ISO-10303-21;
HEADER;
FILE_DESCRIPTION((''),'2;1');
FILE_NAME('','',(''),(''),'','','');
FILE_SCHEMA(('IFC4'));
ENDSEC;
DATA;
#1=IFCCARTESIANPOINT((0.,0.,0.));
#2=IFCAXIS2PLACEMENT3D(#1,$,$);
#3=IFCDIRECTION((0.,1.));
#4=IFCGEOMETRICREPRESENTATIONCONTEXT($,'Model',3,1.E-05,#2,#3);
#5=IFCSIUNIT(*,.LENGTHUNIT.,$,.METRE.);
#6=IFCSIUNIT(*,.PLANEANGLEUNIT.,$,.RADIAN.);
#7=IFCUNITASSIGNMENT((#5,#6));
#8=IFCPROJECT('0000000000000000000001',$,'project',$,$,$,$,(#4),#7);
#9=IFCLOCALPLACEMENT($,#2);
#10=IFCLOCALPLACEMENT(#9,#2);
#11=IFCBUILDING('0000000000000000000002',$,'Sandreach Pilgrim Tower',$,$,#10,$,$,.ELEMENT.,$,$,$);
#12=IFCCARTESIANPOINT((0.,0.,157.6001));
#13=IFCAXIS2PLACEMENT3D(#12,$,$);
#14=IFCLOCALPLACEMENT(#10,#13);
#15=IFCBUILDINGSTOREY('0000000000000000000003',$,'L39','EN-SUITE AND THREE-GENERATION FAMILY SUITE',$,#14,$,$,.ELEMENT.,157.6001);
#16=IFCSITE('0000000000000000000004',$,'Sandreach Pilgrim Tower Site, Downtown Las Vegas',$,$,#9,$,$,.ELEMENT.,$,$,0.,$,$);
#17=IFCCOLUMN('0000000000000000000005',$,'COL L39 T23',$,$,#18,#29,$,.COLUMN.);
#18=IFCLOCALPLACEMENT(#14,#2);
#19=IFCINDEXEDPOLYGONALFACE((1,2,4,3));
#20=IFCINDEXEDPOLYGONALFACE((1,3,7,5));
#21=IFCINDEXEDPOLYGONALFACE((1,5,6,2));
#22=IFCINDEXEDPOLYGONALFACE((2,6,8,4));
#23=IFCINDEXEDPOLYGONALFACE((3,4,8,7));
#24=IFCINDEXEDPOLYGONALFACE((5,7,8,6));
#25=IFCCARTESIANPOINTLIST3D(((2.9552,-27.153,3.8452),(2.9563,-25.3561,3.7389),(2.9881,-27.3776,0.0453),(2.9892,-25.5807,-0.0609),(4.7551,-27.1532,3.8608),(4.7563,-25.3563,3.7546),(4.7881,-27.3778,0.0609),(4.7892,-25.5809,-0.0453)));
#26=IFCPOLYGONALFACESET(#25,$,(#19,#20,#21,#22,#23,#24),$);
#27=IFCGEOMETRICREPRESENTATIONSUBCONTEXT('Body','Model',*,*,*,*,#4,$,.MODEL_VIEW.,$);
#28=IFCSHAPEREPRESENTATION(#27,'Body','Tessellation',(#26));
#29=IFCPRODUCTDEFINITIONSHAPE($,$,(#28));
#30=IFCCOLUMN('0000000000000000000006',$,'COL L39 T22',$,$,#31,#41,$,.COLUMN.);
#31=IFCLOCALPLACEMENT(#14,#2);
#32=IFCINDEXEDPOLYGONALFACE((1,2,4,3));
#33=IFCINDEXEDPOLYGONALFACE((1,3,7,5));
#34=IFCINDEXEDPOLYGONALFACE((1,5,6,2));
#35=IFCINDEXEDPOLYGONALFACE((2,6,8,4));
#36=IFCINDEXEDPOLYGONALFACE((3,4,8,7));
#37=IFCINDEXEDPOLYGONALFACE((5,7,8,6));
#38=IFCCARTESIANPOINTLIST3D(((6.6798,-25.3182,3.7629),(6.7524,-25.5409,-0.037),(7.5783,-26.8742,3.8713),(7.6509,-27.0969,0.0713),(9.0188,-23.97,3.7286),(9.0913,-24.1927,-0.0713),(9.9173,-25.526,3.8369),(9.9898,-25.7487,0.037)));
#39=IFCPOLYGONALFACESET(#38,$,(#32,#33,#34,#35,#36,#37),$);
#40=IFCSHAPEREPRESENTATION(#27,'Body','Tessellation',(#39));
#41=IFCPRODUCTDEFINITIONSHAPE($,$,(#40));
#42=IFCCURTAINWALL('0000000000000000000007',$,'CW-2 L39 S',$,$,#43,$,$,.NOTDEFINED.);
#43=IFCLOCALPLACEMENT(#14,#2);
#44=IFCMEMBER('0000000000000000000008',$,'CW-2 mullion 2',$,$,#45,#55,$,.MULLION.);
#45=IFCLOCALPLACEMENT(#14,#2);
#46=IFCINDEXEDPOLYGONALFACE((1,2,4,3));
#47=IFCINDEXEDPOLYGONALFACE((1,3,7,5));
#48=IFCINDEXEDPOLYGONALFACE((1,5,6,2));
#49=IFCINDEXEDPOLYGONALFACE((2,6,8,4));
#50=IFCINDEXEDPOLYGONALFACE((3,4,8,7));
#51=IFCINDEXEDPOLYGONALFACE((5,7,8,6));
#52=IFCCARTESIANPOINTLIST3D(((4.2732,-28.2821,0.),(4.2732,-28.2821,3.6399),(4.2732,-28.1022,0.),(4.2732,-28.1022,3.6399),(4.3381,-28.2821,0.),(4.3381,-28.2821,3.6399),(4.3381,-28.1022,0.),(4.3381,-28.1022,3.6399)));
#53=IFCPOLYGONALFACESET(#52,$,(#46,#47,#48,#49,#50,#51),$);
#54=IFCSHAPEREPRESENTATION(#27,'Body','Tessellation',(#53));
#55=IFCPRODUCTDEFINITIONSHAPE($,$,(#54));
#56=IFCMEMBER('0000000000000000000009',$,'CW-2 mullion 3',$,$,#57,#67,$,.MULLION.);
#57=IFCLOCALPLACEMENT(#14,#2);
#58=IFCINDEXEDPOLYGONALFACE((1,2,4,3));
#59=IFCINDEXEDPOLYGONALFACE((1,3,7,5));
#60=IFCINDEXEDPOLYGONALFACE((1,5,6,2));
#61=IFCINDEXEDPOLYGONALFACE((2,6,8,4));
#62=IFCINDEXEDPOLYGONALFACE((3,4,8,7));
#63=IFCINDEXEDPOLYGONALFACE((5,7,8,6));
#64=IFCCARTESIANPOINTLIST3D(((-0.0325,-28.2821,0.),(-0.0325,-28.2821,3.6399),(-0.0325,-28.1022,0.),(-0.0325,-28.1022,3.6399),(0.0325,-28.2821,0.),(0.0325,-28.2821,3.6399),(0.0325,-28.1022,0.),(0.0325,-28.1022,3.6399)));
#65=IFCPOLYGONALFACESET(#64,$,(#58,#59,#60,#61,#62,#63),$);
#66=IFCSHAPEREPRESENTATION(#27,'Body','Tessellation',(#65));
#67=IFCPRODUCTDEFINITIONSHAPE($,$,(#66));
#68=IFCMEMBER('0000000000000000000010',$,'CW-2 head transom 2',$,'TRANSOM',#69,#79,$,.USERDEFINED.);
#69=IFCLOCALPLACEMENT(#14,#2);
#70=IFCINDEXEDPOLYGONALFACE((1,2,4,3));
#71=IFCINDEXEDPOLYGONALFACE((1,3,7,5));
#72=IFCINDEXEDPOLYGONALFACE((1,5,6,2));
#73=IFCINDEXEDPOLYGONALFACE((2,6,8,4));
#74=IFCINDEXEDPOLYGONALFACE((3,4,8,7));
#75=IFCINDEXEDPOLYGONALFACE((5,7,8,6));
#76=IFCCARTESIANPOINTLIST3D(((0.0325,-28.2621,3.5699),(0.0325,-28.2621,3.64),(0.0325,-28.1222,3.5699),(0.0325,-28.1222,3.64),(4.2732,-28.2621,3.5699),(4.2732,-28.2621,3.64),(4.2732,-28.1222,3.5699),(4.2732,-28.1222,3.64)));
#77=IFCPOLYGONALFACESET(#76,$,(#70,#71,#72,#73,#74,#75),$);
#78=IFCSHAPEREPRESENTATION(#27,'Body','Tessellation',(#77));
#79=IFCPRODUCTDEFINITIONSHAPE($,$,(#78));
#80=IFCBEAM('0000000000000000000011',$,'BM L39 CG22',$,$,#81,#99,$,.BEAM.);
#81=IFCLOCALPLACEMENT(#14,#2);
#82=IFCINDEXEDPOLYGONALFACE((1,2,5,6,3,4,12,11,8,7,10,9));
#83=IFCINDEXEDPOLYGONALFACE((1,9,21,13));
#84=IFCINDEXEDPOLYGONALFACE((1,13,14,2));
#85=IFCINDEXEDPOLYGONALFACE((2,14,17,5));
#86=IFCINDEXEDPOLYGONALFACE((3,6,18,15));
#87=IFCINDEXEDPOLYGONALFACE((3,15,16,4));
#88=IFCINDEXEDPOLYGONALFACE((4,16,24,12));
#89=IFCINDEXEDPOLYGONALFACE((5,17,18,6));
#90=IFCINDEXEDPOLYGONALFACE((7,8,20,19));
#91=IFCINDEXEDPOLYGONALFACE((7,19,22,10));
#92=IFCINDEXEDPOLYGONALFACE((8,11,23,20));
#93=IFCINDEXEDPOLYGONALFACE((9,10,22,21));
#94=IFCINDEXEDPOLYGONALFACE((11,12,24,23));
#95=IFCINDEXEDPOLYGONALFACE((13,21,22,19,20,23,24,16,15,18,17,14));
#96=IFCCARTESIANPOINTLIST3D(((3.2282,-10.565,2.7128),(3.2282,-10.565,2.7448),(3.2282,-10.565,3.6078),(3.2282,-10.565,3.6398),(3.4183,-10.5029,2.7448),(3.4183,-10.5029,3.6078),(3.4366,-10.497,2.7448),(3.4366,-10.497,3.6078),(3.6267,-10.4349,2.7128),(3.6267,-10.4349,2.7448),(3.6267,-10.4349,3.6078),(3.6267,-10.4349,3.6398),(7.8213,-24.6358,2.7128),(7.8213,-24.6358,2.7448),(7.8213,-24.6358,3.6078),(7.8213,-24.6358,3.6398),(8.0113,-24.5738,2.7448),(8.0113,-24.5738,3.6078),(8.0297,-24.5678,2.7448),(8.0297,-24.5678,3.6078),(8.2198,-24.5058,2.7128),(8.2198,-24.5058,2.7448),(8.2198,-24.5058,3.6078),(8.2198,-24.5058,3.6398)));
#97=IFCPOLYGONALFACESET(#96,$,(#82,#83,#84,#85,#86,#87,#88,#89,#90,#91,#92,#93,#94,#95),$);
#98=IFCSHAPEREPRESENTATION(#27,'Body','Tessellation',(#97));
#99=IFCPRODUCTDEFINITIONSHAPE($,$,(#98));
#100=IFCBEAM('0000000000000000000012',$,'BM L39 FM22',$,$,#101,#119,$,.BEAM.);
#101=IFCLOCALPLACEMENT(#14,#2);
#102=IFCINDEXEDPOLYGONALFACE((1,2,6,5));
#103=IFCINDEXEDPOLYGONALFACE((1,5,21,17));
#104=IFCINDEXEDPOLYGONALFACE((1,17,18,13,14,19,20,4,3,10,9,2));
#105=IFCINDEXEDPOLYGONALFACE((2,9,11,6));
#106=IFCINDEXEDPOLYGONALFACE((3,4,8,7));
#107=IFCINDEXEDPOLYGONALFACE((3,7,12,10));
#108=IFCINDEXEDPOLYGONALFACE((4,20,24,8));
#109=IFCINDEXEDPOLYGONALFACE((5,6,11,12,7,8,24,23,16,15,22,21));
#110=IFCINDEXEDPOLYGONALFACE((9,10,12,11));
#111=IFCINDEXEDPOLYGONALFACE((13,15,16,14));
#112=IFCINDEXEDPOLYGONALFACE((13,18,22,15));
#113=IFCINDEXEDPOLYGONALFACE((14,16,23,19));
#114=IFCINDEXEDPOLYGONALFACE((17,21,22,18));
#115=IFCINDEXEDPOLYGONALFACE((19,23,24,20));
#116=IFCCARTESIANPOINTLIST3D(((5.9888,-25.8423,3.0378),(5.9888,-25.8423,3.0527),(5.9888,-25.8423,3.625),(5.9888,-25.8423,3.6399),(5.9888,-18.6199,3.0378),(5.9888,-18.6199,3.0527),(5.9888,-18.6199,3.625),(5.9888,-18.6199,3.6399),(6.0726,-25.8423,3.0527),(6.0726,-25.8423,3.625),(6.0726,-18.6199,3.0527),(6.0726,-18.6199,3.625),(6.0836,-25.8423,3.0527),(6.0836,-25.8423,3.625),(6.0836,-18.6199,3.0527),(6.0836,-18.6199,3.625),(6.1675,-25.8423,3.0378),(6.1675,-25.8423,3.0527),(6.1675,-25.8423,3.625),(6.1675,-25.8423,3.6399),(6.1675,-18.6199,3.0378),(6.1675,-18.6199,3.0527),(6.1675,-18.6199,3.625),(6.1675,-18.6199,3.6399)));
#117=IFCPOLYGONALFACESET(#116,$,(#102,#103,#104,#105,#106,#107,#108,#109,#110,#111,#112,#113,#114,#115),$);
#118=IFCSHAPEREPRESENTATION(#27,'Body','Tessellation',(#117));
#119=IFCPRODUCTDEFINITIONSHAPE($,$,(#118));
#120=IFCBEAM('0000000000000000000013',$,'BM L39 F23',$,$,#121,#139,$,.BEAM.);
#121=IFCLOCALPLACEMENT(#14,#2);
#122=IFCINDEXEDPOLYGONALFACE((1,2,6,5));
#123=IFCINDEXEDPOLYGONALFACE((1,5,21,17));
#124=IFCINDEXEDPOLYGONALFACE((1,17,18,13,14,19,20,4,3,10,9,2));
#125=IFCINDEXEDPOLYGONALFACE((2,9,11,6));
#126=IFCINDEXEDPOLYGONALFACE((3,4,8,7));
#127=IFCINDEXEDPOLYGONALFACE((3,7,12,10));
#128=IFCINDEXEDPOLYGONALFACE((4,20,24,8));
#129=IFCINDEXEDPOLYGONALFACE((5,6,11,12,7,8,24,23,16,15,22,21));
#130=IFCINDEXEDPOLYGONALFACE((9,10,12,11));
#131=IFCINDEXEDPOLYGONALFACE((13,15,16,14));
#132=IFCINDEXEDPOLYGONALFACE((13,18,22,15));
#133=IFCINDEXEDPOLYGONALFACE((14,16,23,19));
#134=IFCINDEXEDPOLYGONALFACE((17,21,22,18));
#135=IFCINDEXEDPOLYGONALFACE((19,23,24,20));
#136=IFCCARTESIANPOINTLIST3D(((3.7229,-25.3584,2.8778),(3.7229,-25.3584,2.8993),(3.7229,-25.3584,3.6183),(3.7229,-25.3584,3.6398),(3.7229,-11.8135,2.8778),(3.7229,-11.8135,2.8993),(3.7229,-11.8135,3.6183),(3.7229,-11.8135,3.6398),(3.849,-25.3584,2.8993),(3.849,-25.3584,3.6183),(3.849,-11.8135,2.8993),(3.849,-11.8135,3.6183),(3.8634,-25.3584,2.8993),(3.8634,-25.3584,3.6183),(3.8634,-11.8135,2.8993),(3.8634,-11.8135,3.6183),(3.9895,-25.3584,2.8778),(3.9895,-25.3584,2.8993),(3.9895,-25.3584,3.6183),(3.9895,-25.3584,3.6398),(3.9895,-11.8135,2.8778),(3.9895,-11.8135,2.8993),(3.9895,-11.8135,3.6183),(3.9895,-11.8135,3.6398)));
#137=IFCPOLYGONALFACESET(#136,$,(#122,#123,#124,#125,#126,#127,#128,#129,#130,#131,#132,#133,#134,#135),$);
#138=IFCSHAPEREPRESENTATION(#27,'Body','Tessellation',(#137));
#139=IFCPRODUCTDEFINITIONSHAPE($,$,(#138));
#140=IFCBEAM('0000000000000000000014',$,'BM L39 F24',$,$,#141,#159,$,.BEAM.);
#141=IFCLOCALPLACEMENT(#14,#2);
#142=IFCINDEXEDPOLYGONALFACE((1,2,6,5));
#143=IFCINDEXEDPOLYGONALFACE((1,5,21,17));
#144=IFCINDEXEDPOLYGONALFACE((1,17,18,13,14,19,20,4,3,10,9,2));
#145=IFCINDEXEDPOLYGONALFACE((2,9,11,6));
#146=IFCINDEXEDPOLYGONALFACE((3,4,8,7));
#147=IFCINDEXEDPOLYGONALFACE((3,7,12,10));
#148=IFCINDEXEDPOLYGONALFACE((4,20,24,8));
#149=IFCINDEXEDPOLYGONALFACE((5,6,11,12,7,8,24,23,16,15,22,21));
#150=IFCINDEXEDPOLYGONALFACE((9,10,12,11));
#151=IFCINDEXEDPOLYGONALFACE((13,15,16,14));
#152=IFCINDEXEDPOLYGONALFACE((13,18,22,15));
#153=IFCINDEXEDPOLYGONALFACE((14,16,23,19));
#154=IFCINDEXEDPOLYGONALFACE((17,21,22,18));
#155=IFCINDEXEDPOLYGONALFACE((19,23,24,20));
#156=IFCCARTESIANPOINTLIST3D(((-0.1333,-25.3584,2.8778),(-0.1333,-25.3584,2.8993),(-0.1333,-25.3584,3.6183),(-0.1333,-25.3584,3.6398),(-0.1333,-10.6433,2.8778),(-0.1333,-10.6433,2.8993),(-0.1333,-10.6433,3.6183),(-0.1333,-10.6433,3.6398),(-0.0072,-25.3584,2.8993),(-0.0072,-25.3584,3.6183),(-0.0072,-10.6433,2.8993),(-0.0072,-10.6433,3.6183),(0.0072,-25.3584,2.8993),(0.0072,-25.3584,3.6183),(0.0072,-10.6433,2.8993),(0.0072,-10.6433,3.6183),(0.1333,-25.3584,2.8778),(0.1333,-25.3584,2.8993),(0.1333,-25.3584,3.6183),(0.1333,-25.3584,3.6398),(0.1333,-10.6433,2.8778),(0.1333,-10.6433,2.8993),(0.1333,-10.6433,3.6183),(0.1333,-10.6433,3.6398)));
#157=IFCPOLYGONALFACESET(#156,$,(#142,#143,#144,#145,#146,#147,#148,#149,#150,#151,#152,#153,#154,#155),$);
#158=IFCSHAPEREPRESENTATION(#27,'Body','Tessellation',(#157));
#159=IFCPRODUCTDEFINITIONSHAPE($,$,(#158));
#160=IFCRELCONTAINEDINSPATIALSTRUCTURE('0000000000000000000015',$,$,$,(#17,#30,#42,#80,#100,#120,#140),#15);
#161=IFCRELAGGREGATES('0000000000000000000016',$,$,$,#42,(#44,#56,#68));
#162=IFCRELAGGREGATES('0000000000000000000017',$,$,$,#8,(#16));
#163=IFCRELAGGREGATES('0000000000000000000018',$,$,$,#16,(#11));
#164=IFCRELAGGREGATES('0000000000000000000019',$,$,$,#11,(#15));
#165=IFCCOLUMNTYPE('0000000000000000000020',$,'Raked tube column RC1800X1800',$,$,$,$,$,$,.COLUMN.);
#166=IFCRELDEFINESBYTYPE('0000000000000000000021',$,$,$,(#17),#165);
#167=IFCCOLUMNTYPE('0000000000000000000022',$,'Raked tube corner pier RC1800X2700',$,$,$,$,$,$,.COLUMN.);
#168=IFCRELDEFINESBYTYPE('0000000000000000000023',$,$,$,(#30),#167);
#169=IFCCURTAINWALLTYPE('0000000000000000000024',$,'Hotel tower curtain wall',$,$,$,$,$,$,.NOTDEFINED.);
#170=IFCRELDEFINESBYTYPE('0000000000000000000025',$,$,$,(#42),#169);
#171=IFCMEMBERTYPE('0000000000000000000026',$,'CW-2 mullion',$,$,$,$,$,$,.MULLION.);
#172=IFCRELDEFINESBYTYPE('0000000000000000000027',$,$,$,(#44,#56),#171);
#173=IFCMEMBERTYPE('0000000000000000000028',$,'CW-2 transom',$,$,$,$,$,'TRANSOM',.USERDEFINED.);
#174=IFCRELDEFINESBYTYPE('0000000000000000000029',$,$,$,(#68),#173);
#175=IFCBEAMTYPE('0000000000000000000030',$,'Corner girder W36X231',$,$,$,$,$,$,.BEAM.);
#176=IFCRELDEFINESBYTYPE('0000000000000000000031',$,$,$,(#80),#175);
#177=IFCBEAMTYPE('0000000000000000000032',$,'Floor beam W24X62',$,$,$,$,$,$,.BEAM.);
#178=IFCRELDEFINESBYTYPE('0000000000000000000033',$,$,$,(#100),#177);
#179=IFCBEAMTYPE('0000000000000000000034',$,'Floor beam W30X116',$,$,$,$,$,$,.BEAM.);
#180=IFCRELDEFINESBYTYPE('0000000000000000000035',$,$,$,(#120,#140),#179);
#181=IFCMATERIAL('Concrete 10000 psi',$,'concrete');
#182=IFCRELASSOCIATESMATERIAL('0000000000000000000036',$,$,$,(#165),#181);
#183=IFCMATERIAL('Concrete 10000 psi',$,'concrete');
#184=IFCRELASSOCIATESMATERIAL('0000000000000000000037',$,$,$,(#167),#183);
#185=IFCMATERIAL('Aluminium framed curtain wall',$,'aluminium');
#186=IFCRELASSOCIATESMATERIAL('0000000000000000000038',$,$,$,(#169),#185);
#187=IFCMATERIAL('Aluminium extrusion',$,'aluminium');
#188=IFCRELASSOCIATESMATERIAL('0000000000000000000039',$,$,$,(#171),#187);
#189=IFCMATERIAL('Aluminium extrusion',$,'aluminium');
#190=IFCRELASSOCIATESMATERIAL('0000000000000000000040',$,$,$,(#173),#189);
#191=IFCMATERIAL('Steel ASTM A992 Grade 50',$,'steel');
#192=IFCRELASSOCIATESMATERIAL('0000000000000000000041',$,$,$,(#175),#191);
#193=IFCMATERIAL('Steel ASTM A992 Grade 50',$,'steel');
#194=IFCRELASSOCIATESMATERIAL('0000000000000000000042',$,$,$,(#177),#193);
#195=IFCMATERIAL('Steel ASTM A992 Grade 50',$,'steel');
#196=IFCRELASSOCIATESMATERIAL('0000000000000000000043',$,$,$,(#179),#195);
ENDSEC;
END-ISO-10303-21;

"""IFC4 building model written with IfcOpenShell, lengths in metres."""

from ifc_helpers import new_model, si_unit, direction, frame, origin, origin_2d, place, context, subcontext, project, spatial, rectangle, i_section, extrude, material, material_profile, profile_set, type_object, element, aggregate, save


model = new_model("IFC4")

# Units and contexts
model_context = context("Model", 3, precision=1e-05, world=origin(), true_north=direction((0.0, 1.0)))
body_context = subcontext(model_context, "Body", "Model", "MODEL_VIEW")
ifc_project = project(units=[si_unit("LENGTHUNIT", "METRE"), si_unit("PLANEANGLEUNIT", "RADIAN")], contexts=[model_context])

# Site, building, storey
site_placement = place(None, origin())
site = spatial("IfcSite", under=ifc_project, at=site_placement, Name="Sandreach Pilgrim Tower Site, Downtown Las Vegas", CompositionType="ELEMENT", RefElevation=0.0)
building_placement = place(site_placement, origin())
building = spatial("IfcBuilding", under=site, at=building_placement, Name="Sandreach Pilgrim Tower", CompositionType="ELEMENT")
storey_placement = place(building_placement, frame((0.0, 0.0, 157.6001)))
storey = spatial("IfcBuildingStorey", under=building, at=storey_placement, Name="L39", Description="EN-SUITE AND THREE-GENERATION FAMILY SUITE", CompositionType="ELEMENT", Elevation=157.6001)

# Columns
ifc_material_1 = material(Name="Concrete 10000 psi", Category="concrete")
ifc_material_profile_1 = material_profile(ifc_material_1, rectangle(XDim=1.8, YDim=1.8, at=origin_2d()), Name="RC1800X1800")
ifc_profile_set_1 = profile_set([ifc_material_profile_1], Name="Concrete 10000 psi")
column_type_1 = type_object("IfcColumnType", Name="Raked tube column RC1800X1800", PredefinedType="COLUMN", material=ifc_profile_set_1)
column_1_placement = place(storey_placement, frame((3.8887, -26.4792, 0.0), z_axis=(-0.008658, 0.059006, 0.99822), x_axis=(-0.000629, -0.998258, 0.059002)))
element("IfcColumn", 1, at=column_1_placement, inside=storey, type_object=column_type_1, Name="COL L39 T23", PredefinedType="COLUMN", context=body_context, shape_type="SweptSolid", body=[
    extrude(rectangle(XDim=1.8, YDim=1.8, at=origin_2d()), origin(), (0.0, 0.0, 1.0), 3.8066),
])
ifc_material_2 = material(Name="Concrete 10000 psi", Category="concrete")
ifc_material_profile_2 = material_profile(ifc_material_2, rectangle(XDim=1.8, YDim=2.7, at=origin_2d()), Name="RC1800X2700")
ifc_profile_set_2 = profile_set([ifc_material_profile_2], Name="Concrete 10000 psi")
column_type_2 = type_object("IfcColumnType", Name="Raked tube corner pier RC1800X2700", PredefinedType="COLUMN", material=ifc_profile_set_2)
column_2_placement = place(storey_placement, frame((8.3711, -25.6448, 0.0), z_axis=(-0.019046, 0.058486, 0.998107), x_axis=(0.499156, -0.86442, 0.060177)))
element("IfcColumn", 2, at=column_2_placement, inside=storey, type_object=column_type_2, Name="COL L39 T22", PredefinedType="COLUMN", context=body_context, shape_type="SweptSolid", body=[
    extrude(rectangle(XDim=1.8, YDim=2.7, at=origin_2d()), origin(), (0.0, 0.0, 1.0), 3.8071),
])

# Curtain wall, members
ifc_material_3 = material(Name="Aluminium framed curtain wall", Category="aluminium")
curtain_wall_type = type_object("IfcCurtainWallType", Name="Hotel tower curtain wall", PredefinedType="NOTDEFINED", material=ifc_material_3)
curtain_wall_placement = place(storey_placement, origin())
curtain_wall = element("IfcCurtainWall", 3, at=curtain_wall_placement, inside=storey, type_object=curtain_wall_type, Name="CW-2 L39 S", PredefinedType="NOTDEFINED")
ifc_material_4 = material(Name="Aluminium extrusion", Category="aluminium")
ifc_material_profile_3 = material_profile(ifc_material_4, rectangle(XDim=0.0649, YDim=0.1799, at=origin_2d()), Name="CW-2M 65X180")
ifc_profile_set_3 = profile_set([ifc_material_profile_3], Name="Aluminium extrusion")
member_type_1 = type_object("IfcMemberType", Name="CW-2 mullion", PredefinedType="MULLION", material=ifc_profile_set_3)
member_1_placement = place(storey_placement, frame((4.3057, -28.1921, 0.0), z_axis=(0.0, 0.0, 1.0), x_axis=(-1.0, 0.0, 0.0)))
member_1 = element("IfcMember", 4, at=member_1_placement, type_object=member_type_1, Name="CW-2 mullion 2", PredefinedType="MULLION", context=body_context, shape_type="SweptSolid", body=[
    extrude(rectangle(XDim=0.0649, YDim=0.1799, at=origin_2d()), origin(), (0.0, 0.0, 1.0), 3.6399),
])
member_2_placement = place(storey_placement, frame((0.0, -28.1921, 0.0), z_axis=(0.0, 0.0, 1.0), x_axis=(-1.0, 0.0, 0.0)))
member_2 = element("IfcMember", 5, at=member_2_placement, type_object=member_type_1, Name="CW-2 mullion 3", PredefinedType="MULLION", context=body_context, shape_type="SweptSolid", body=[
    extrude(rectangle(XDim=0.0649, YDim=0.1799, at=origin_2d()), origin(), (0.0, 0.0, 1.0), 3.6399),
])
ifc_material_5 = material(Name="Aluminium extrusion", Category="aluminium")
ifc_material_profile_4 = material_profile(ifc_material_5, rectangle(XDim=0.1399, YDim=0.0701, at=origin_2d()), Name="CW-2T 140X70")
ifc_profile_set_4 = profile_set([ifc_material_profile_4], Name="Aluminium extrusion")
member_type_2 = type_object("IfcMemberType", Name="CW-2 transom", ElementType="TRANSOM", PredefinedType="USERDEFINED", material=ifc_profile_set_4)
member_3_placement = place(storey_placement, frame((4.2732, -28.1921, 3.605), z_axis=(-1.0, 0.0, 0.0), x_axis=(0.0, -1.0, 0.0)))
member_3 = element("IfcMember", 6, at=member_3_placement, type_object=member_type_2, Name="CW-2 head transom 2", ObjectType="TRANSOM", PredefinedType="USERDEFINED", context=body_context, shape_type="SweptSolid", body=[
    extrude(rectangle(XDim=0.1399, YDim=0.0701, at=origin_2d()), origin(), (0.0, 0.0, 1.0), 4.2407),
])

# Beams
ifc_material_6 = material(Name="Steel ASTM A992 Grade 50", Category="steel")
ifc_material_profile_5 = material_profile(ifc_material_6, i_section(OverallWidth=0.4192, OverallDepth=0.927, WebThickness=0.0193, FlangeThickness=0.032, at=origin_2d()), Name="W36X231")
ifc_profile_set_5 = profile_set([ifc_material_profile_5], Name="Steel ASTM A992 Grade 50")
beam_type_1 = type_object("IfcBeamType", Name="Corner girder W36X231", PredefinedType="BEAM", material=ifc_profile_set_5)
beam_1_placement = place(storey_placement, frame((8.0205, -24.5708, 3.1763), z_axis=(-0.310308, 0.950636, 0.0), x_axis=(-0.950636, -0.310308, 0.0)))
element("IfcBeam", 7, at=beam_1_placement, inside=storey, type_object=beam_type_1, Name="BM L39 CG22", PredefinedType="BEAM", context=body_context, shape_type="SweptSolid", body=[
    extrude(i_section(OverallWidth=0.4192, OverallDepth=0.927, WebThickness=0.0193, FlangeThickness=0.032, at=origin_2d()), origin(), (0.0, 0.0, 1.0), 14.8015),
])
ifc_material_7 = material(Name="Steel ASTM A992 Grade 50", Category="steel")
ifc_material_profile_6 = material_profile(ifc_material_7, i_section(OverallWidth=0.1787, OverallDepth=0.6021, WebThickness=0.011, FlangeThickness=0.0149, at=origin_2d()), Name="W24X62")
ifc_profile_set_6 = profile_set([ifc_material_profile_6], Name="Steel ASTM A992 Grade 50")
beam_type_2 = type_object("IfcBeamType", Name="Floor beam W24X62", PredefinedType="BEAM", material=ifc_profile_set_6)
beam_2_placement = place(storey_placement, frame((6.0781, -25.8423, 3.3389), z_axis=(0.0, 1.0, 0.0), x_axis=(-1.0, 0.0, 0.0)))
element("IfcBeam", 8, at=beam_2_placement, inside=storey, type_object=beam_type_2, Name="BM L39 FM22", PredefinedType="BEAM", context=body_context, shape_type="SweptSolid", body=[
    extrude(i_section(OverallWidth=0.1787, OverallDepth=0.6021, WebThickness=0.011, FlangeThickness=0.0149, at=origin_2d()), origin(), (0.0, 0.0, 1.0), 7.2224),
])
ifc_material_8 = material(Name="Steel ASTM A992 Grade 50", Category="steel")
ifc_material_profile_7 = material_profile(ifc_material_8, i_section(OverallWidth=0.2666, OverallDepth=0.762, WebThickness=0.0144, FlangeThickness=0.0215, at=origin_2d()), Name="W30X116")
ifc_profile_set_7 = profile_set([ifc_material_profile_7], Name="Steel ASTM A992 Grade 50")
beam_type_3 = type_object("IfcBeamType", Name="Floor beam W30X116", PredefinedType="BEAM", material=ifc_profile_set_7)
beam_3_placement = place(storey_placement, frame((3.8562, -25.3584, 3.2588), z_axis=(0.0, 1.0, 0.0), x_axis=(-1.0, 0.0, 0.0)))
element("IfcBeam", 9, at=beam_3_placement, inside=storey, type_object=beam_type_3, Name="BM L39 F23", PredefinedType="BEAM", context=body_context, shape_type="SweptSolid", body=[
    extrude(i_section(OverallWidth=0.2666, OverallDepth=0.762, WebThickness=0.0144, FlangeThickness=0.0215, at=origin_2d()), origin(), (0.0, 0.0, 1.0), 13.5449),
])
beam_4_placement = place(storey_placement, frame((0.0, -25.3584, 3.2588), z_axis=(0.0, 1.0, 0.0), x_axis=(-1.0, 0.0, 0.0)))
element("IfcBeam", 10, at=beam_4_placement, inside=storey, type_object=beam_type_3, Name="BM L39 F24", PredefinedType="BEAM", context=body_context, shape_type="SweptSolid", body=[
    extrude(i_section(OverallWidth=0.2666, OverallDepth=0.762, WebThickness=0.0144, FlangeThickness=0.0215, at=origin_2d()), origin(), (0.0, 0.0, 1.0), 14.7151),
])

aggregate(curtain_wall, [member_1, member_2, member_3])

save(model, "model.ifc")
